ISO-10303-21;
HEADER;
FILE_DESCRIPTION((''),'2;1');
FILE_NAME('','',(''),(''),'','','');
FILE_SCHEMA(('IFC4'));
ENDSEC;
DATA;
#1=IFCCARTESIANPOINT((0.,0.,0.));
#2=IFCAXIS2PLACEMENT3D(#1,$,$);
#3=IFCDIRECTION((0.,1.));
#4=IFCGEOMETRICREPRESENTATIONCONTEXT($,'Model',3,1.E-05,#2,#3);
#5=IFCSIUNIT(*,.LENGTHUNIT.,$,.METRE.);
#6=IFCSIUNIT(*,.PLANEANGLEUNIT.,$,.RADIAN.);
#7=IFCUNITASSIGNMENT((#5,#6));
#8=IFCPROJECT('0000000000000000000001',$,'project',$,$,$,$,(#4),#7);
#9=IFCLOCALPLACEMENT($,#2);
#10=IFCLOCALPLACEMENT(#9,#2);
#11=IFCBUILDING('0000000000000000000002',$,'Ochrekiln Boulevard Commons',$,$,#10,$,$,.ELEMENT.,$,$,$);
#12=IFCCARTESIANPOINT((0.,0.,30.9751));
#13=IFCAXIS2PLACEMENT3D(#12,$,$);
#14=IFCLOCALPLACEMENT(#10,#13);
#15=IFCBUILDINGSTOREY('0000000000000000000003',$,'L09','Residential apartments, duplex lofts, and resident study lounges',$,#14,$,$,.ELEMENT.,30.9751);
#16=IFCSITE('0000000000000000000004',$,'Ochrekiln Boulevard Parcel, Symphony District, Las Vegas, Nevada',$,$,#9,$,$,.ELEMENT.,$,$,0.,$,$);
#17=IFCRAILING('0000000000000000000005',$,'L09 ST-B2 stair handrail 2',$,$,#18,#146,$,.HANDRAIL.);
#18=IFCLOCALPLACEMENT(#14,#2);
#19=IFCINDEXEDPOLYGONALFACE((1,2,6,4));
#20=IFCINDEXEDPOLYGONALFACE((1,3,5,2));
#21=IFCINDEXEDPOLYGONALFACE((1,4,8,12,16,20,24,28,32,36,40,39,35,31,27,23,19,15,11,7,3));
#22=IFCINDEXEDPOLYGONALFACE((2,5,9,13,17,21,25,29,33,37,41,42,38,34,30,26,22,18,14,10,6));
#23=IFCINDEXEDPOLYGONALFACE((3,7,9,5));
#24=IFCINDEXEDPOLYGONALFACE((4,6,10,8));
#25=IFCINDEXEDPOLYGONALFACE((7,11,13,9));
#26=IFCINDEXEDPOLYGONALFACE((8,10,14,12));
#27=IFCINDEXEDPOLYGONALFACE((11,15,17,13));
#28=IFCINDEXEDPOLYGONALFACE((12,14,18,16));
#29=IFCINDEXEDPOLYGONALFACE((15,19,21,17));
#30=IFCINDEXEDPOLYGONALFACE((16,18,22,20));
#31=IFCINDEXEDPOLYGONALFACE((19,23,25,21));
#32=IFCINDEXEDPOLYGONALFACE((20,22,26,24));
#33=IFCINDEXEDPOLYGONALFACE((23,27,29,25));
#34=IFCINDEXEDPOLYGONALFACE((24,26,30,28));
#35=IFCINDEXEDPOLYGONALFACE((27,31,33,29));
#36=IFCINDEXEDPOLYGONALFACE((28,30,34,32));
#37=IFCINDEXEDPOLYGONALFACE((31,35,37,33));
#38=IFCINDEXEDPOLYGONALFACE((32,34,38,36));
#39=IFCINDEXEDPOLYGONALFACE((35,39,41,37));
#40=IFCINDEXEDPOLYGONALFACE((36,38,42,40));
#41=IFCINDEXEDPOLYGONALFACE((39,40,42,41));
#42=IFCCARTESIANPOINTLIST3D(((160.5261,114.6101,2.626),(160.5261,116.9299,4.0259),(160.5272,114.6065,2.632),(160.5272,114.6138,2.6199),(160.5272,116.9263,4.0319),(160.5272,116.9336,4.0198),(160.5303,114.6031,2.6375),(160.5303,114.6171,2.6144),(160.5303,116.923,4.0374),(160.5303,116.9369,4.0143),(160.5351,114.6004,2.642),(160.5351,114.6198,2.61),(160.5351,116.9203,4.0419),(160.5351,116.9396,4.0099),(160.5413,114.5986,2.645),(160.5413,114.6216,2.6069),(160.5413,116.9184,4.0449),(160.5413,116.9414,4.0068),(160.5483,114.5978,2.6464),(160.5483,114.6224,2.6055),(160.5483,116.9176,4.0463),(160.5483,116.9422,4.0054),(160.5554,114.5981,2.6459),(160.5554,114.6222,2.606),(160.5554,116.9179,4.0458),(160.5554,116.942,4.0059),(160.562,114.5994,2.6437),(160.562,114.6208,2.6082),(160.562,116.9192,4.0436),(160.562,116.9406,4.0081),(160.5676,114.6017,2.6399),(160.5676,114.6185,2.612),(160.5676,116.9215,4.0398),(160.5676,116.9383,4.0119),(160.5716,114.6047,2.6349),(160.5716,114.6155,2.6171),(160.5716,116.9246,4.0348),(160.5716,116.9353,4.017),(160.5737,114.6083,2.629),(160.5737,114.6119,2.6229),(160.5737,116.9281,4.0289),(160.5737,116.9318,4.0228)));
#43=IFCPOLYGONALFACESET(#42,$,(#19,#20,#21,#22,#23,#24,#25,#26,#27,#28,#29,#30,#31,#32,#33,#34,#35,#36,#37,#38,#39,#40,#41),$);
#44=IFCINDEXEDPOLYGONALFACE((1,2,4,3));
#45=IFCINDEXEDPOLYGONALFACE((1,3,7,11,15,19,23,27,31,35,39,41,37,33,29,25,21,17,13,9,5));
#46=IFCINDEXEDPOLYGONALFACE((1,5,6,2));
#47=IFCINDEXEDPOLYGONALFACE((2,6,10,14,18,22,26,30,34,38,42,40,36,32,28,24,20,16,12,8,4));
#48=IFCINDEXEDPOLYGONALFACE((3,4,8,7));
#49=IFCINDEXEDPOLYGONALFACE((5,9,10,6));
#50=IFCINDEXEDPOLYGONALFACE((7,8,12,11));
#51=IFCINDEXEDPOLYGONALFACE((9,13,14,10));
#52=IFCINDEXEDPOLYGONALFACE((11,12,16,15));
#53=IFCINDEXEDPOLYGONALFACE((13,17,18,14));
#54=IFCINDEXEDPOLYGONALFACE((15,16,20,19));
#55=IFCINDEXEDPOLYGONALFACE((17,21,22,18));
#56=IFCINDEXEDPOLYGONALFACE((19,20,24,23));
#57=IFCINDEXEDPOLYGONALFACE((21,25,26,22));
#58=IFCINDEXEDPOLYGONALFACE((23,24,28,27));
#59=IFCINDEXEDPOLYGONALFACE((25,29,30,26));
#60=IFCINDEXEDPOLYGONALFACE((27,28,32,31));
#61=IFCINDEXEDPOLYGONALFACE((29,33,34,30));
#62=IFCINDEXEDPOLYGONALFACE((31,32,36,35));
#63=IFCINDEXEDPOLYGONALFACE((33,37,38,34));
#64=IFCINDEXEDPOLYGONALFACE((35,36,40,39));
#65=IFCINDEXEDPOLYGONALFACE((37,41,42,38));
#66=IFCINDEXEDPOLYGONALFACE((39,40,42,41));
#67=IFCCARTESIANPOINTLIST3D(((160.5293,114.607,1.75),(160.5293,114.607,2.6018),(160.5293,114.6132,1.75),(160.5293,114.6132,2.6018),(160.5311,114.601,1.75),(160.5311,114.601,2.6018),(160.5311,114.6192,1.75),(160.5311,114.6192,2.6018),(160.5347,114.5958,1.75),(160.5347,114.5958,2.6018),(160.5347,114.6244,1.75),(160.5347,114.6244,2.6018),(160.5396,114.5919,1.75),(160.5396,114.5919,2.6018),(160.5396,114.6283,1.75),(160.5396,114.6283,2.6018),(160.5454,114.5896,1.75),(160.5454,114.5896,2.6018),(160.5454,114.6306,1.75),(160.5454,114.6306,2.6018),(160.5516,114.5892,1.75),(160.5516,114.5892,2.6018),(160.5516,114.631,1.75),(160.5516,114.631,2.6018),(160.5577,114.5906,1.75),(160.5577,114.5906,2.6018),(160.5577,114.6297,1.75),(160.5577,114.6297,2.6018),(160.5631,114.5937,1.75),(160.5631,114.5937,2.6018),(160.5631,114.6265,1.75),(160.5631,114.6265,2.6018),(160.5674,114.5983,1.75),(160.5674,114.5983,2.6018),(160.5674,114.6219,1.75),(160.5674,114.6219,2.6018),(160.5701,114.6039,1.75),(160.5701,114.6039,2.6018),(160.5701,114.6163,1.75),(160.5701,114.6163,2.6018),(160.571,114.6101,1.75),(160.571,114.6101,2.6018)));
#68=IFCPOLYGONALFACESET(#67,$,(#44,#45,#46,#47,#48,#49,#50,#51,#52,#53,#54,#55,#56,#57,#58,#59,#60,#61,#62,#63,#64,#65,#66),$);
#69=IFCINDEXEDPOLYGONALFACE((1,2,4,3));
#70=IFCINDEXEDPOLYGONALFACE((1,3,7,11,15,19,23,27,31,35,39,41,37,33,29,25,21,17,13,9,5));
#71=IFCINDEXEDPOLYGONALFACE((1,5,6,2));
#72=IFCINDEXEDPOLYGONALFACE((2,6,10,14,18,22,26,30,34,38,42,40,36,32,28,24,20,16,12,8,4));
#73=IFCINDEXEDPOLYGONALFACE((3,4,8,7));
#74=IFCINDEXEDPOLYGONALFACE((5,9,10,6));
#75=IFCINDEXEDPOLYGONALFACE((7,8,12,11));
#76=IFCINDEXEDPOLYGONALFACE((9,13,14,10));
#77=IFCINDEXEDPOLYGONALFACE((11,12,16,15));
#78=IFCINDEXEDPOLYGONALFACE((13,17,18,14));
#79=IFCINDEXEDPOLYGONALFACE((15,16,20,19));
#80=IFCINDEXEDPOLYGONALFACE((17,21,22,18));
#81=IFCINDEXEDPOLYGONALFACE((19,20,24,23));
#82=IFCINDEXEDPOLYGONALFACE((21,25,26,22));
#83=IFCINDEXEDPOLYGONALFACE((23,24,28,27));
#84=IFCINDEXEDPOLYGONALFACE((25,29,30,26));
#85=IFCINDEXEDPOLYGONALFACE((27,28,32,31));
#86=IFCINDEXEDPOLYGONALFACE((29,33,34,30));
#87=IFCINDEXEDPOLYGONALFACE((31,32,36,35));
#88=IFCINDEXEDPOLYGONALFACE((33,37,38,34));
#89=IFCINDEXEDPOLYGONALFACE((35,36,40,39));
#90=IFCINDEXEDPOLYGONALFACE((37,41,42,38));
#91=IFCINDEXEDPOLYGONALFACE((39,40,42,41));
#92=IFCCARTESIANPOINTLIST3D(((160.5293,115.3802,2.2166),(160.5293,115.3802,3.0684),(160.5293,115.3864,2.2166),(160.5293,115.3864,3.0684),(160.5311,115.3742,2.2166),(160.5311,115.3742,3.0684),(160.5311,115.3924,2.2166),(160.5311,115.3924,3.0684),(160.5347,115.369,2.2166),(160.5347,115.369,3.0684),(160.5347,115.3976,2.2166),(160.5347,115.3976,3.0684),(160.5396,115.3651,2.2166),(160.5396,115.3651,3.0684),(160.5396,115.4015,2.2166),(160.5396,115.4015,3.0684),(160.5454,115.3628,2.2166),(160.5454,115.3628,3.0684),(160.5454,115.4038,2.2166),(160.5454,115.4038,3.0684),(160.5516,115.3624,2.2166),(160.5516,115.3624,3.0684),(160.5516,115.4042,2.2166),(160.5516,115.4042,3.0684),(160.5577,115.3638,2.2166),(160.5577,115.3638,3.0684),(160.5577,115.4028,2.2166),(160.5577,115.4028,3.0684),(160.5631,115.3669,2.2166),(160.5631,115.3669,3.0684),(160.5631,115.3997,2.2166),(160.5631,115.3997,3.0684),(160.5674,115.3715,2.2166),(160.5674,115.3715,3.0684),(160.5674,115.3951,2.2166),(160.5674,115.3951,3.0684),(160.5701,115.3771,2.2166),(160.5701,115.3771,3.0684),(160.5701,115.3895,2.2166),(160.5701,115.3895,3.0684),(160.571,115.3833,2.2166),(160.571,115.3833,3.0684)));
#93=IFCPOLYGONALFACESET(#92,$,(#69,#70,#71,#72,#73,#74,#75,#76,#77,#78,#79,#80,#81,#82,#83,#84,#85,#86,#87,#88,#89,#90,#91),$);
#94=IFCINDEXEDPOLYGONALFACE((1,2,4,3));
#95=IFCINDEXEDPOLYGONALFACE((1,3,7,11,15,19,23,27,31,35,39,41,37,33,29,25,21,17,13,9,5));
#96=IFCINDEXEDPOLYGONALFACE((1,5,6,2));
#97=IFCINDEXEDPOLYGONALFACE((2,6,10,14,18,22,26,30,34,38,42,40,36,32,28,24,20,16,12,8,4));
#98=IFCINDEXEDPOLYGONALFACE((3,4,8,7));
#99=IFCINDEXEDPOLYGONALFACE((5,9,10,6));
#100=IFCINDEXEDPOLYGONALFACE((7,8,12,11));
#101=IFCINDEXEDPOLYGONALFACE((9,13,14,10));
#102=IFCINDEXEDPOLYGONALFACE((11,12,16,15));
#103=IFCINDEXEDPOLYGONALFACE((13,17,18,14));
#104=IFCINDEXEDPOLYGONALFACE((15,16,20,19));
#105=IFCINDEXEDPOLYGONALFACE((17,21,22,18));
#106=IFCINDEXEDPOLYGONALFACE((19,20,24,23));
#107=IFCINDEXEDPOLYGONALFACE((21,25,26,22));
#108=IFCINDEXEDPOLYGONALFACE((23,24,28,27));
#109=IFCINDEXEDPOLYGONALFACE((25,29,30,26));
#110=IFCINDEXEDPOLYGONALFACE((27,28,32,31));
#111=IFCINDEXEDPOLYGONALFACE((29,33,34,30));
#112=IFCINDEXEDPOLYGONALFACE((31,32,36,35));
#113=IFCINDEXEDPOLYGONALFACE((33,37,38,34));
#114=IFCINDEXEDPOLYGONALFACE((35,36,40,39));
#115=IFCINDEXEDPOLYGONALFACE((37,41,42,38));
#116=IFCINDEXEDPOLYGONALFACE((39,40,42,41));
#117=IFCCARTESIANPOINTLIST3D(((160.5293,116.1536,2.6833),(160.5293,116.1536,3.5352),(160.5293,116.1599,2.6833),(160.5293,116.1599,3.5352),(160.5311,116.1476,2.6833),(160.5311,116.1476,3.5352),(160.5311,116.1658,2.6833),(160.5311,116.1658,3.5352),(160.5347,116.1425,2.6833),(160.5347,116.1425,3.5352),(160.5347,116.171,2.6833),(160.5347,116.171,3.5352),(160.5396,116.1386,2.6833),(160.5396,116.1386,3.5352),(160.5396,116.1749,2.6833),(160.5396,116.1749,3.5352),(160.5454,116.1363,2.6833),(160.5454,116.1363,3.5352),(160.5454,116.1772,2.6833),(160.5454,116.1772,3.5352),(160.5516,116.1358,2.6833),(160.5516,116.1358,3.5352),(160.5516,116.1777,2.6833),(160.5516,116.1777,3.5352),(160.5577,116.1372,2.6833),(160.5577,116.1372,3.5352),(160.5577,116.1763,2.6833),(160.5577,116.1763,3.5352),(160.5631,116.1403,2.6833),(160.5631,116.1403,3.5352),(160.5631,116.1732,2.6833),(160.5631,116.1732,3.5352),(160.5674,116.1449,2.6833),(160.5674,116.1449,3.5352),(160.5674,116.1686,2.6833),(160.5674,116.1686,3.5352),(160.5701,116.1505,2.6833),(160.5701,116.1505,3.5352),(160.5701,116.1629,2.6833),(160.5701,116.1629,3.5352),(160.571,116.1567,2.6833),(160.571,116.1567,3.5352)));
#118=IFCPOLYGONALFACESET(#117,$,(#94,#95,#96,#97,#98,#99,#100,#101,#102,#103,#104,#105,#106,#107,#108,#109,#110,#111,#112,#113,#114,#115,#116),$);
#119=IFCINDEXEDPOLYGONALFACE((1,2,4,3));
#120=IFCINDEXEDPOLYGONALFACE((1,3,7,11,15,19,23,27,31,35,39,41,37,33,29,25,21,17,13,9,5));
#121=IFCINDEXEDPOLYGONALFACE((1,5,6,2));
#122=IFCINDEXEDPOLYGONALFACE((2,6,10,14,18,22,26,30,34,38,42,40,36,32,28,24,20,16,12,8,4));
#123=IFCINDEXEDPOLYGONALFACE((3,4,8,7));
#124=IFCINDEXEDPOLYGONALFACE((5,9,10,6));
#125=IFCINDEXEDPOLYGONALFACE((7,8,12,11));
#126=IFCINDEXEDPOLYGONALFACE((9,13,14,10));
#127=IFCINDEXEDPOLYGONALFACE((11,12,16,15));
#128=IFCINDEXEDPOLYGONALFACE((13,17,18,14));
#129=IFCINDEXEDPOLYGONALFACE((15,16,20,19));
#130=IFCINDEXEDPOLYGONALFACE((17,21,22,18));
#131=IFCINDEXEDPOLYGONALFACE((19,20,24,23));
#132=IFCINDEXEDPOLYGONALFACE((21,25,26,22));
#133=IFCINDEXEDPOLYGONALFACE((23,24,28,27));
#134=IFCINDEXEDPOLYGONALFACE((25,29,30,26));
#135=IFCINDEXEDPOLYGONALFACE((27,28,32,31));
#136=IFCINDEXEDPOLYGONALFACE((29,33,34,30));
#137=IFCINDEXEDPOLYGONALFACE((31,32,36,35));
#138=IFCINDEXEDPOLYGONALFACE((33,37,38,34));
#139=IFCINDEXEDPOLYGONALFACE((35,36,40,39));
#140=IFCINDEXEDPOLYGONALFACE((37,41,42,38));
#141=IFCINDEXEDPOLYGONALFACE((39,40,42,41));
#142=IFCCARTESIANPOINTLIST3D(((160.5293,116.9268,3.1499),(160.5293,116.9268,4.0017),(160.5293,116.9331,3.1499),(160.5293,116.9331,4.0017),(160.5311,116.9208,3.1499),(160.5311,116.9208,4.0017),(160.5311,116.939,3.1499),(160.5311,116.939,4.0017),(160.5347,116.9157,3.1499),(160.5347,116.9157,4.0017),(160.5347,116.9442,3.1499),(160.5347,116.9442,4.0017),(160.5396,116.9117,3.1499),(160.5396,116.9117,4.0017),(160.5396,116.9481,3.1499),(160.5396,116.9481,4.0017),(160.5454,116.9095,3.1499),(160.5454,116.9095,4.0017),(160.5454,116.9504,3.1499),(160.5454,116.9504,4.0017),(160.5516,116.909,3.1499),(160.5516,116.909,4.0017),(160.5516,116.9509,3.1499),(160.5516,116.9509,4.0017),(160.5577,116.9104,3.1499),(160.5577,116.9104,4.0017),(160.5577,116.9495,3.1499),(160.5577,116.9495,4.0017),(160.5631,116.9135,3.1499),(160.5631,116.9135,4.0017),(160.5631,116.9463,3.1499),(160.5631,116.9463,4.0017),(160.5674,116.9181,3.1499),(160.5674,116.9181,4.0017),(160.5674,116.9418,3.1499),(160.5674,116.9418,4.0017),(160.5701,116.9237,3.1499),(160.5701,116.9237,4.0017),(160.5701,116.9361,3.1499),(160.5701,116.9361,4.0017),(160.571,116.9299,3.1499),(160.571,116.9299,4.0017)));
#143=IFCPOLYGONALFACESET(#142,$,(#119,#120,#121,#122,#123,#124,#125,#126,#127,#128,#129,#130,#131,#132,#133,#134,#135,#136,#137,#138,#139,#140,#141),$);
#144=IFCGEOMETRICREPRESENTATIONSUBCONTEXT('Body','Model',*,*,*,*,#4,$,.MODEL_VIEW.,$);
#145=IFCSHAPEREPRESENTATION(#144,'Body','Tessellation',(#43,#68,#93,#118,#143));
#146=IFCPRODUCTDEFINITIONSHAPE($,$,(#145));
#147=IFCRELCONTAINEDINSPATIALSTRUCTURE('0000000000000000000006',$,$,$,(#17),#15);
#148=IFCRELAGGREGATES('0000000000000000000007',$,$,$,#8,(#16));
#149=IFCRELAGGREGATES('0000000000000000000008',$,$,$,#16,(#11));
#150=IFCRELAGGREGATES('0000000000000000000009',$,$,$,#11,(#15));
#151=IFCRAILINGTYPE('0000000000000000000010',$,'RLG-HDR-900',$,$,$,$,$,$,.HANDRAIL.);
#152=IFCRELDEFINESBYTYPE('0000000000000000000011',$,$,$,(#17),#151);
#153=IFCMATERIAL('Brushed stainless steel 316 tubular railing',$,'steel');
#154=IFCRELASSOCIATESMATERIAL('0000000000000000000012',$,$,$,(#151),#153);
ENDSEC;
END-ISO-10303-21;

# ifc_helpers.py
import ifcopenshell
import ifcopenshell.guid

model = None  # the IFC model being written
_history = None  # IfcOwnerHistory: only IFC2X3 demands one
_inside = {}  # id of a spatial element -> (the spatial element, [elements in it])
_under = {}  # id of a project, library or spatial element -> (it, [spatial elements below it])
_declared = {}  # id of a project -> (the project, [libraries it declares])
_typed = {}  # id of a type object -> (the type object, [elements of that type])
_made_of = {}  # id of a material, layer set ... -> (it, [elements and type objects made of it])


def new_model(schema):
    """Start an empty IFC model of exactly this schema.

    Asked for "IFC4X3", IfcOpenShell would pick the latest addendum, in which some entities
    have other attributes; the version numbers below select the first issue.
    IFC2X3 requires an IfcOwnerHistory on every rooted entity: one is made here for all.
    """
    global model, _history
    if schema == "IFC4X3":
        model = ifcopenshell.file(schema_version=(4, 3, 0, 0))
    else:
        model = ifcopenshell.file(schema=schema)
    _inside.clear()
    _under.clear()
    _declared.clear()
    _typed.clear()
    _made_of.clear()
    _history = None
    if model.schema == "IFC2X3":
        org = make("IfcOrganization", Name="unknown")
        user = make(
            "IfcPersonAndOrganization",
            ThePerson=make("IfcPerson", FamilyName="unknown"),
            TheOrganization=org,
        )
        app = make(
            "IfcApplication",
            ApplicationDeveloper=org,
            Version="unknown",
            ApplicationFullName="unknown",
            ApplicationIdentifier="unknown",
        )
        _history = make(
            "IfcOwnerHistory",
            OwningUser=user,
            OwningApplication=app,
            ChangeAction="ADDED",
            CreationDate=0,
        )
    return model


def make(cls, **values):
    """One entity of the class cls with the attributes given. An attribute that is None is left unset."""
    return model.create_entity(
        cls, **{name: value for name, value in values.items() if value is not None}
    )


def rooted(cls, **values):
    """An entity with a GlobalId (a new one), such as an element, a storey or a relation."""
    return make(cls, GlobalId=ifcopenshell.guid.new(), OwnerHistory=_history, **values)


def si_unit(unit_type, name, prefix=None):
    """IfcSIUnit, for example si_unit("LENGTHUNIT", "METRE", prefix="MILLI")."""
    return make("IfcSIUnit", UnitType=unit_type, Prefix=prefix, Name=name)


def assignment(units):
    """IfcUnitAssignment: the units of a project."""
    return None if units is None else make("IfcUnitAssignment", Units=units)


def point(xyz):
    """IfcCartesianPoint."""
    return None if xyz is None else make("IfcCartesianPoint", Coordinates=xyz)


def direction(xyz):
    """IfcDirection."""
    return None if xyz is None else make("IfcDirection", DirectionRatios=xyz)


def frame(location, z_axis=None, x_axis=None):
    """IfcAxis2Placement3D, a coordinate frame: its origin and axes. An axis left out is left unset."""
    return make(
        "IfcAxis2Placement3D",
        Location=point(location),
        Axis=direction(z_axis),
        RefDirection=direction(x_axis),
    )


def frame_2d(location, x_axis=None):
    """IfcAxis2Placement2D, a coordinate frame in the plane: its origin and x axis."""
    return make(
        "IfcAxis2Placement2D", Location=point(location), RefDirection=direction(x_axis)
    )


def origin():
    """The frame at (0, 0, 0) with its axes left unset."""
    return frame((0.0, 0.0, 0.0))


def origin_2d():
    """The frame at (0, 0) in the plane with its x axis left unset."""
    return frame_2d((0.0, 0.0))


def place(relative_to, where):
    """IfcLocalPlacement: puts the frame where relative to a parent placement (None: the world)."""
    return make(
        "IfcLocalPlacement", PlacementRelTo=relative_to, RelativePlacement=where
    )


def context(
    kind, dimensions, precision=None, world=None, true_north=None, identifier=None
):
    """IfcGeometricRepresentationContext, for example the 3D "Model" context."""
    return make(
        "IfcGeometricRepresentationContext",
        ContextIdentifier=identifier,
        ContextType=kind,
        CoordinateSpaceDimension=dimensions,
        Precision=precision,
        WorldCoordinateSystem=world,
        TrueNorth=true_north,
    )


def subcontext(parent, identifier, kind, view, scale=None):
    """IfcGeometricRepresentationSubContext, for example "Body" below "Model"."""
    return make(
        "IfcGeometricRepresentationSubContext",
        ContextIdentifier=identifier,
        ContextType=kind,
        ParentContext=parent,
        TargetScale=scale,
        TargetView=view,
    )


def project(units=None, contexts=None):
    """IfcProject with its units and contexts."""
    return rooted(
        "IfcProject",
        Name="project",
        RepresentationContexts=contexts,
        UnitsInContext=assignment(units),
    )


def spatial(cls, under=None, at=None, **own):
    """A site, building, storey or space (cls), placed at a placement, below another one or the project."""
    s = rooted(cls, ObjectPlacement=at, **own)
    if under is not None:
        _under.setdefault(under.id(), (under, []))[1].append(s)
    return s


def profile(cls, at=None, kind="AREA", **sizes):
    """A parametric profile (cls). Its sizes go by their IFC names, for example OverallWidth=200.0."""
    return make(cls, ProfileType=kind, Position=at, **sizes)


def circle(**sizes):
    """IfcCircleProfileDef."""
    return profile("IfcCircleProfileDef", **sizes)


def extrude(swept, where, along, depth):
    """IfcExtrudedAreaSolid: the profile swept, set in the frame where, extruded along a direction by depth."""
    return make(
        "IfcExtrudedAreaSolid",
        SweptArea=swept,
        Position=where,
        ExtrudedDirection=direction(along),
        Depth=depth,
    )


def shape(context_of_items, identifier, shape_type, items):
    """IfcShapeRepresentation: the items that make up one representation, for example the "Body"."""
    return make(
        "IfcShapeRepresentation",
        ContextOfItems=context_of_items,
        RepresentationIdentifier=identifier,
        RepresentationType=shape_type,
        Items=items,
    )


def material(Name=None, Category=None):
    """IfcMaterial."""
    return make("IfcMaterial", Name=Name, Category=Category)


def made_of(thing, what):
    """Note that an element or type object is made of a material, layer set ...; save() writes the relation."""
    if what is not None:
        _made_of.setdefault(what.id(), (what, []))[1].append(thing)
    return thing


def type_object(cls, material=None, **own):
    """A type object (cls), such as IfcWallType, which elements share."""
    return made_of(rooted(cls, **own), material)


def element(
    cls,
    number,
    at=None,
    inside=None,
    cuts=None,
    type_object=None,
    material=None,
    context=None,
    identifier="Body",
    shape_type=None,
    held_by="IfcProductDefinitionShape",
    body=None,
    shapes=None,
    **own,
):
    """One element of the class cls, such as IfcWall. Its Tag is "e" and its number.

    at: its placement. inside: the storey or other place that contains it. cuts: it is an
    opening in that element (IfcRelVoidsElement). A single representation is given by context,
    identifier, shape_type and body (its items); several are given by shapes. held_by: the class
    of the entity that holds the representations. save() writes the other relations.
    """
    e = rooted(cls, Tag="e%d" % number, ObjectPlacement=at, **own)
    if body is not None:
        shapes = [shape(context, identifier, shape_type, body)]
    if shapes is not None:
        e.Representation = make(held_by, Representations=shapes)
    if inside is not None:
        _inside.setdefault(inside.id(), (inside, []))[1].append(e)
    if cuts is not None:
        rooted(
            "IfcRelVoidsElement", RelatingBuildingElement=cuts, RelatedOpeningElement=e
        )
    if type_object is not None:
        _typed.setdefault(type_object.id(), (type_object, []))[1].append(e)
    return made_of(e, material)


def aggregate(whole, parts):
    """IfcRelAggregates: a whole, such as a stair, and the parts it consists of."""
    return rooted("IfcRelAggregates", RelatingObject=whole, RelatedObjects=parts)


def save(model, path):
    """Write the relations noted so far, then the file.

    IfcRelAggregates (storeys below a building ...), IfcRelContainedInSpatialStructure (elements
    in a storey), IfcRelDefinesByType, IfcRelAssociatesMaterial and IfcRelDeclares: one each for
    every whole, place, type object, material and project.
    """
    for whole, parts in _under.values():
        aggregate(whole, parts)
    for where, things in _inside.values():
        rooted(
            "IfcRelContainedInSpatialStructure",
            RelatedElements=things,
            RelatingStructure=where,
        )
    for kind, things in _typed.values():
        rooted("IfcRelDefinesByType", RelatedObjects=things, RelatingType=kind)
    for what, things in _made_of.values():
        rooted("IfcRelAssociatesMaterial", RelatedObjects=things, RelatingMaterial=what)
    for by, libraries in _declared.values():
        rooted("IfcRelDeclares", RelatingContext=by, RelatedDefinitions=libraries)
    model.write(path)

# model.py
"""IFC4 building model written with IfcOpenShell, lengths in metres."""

from ifc_helpers import new_model, si_unit, direction, frame, origin, origin_2d, place, context, subcontext, project, spatial, circle, extrude, material, type_object, element, save


model = new_model("IFC4")

# Units and contexts
model_context = context("Model", 3, precision=1e-05, world=origin(), true_north=direction((0.0, 1.0)))
body_context = subcontext(model_context, "Body", "Model", "MODEL_VIEW")
ifc_project = project(units=[si_unit("LENGTHUNIT", "METRE"), si_unit("PLANEANGLEUNIT", "RADIAN")], contexts=[model_context])

# Site, building, storey
site_placement = place(None, origin())
site = spatial("IfcSite", under=ifc_project, at=site_placement, Name="Ochrekiln Boulevard Parcel, Symphony District, Las Vegas, Nevada", CompositionType="ELEMENT", RefElevation=0.0)
building_placement = place(site_placement, origin())
building = spatial("IfcBuilding", under=site, at=building_placement, Name="Ochrekiln Boulevard Commons", CompositionType="ELEMENT")
storey_placement = place(building_placement, frame((0.0, 0.0, 30.9751)))
storey = spatial("IfcBuildingStorey", under=building, at=storey_placement, Name="L09", Description="Residential apartments, duplex lofts, and resident study lounges", CompositionType="ELEMENT", Elevation=30.9751)

# Railing
ifc_material_1 = material(Name="Brushed stainless steel 316 tubular railing", Category="steel")
railing_type_1 = type_object("IfcRailingType", Name="RLG-HDR-900", PredefinedType="HANDRAIL", material=ifc_material_1)
railing_1_placement = place(storey_placement, frame((160.55, 114.6101, 1.75)))
element("IfcRailing", 1, at=railing_1_placement, inside=storey, type_object=railing_type_1, Name="L09 ST-B2 stair handrail 2", PredefinedType="HANDRAIL", context=body_context, shape_type="SweptSolid", body=[
    extrude(circle(Radius=0.0239, at=origin_2d()), frame((0.0, 0.0, 0.876), z_axis=(0.0, 0.856186, 0.516667), x_axis=(-1.0, 0.0, 0.0)), (0.0, 0.0, 1.0), 2.7095),
    extrude(circle(Radius=0.021, at=origin_2d()), origin(), (0.0, 0.0, 1.0), 0.8518),
    extrude(circle(Radius=0.021, at=origin_2d()), frame((0.0, 0.7732, 0.4666)), (0.0, 0.0, 1.0), 0.8518),
    extrude(circle(Radius=0.021, at=origin_2d()), frame((0.0, 1.5466, 0.9333)), (0.0, 0.0, 1.0), 0.8518),
    extrude(circle(Radius=0.021, at=origin_2d()), frame((0.0, 2.3198, 1.3999)), (0.0, 0.0, 1.0), 0.8518),
])

save(model, "model.ifc")
